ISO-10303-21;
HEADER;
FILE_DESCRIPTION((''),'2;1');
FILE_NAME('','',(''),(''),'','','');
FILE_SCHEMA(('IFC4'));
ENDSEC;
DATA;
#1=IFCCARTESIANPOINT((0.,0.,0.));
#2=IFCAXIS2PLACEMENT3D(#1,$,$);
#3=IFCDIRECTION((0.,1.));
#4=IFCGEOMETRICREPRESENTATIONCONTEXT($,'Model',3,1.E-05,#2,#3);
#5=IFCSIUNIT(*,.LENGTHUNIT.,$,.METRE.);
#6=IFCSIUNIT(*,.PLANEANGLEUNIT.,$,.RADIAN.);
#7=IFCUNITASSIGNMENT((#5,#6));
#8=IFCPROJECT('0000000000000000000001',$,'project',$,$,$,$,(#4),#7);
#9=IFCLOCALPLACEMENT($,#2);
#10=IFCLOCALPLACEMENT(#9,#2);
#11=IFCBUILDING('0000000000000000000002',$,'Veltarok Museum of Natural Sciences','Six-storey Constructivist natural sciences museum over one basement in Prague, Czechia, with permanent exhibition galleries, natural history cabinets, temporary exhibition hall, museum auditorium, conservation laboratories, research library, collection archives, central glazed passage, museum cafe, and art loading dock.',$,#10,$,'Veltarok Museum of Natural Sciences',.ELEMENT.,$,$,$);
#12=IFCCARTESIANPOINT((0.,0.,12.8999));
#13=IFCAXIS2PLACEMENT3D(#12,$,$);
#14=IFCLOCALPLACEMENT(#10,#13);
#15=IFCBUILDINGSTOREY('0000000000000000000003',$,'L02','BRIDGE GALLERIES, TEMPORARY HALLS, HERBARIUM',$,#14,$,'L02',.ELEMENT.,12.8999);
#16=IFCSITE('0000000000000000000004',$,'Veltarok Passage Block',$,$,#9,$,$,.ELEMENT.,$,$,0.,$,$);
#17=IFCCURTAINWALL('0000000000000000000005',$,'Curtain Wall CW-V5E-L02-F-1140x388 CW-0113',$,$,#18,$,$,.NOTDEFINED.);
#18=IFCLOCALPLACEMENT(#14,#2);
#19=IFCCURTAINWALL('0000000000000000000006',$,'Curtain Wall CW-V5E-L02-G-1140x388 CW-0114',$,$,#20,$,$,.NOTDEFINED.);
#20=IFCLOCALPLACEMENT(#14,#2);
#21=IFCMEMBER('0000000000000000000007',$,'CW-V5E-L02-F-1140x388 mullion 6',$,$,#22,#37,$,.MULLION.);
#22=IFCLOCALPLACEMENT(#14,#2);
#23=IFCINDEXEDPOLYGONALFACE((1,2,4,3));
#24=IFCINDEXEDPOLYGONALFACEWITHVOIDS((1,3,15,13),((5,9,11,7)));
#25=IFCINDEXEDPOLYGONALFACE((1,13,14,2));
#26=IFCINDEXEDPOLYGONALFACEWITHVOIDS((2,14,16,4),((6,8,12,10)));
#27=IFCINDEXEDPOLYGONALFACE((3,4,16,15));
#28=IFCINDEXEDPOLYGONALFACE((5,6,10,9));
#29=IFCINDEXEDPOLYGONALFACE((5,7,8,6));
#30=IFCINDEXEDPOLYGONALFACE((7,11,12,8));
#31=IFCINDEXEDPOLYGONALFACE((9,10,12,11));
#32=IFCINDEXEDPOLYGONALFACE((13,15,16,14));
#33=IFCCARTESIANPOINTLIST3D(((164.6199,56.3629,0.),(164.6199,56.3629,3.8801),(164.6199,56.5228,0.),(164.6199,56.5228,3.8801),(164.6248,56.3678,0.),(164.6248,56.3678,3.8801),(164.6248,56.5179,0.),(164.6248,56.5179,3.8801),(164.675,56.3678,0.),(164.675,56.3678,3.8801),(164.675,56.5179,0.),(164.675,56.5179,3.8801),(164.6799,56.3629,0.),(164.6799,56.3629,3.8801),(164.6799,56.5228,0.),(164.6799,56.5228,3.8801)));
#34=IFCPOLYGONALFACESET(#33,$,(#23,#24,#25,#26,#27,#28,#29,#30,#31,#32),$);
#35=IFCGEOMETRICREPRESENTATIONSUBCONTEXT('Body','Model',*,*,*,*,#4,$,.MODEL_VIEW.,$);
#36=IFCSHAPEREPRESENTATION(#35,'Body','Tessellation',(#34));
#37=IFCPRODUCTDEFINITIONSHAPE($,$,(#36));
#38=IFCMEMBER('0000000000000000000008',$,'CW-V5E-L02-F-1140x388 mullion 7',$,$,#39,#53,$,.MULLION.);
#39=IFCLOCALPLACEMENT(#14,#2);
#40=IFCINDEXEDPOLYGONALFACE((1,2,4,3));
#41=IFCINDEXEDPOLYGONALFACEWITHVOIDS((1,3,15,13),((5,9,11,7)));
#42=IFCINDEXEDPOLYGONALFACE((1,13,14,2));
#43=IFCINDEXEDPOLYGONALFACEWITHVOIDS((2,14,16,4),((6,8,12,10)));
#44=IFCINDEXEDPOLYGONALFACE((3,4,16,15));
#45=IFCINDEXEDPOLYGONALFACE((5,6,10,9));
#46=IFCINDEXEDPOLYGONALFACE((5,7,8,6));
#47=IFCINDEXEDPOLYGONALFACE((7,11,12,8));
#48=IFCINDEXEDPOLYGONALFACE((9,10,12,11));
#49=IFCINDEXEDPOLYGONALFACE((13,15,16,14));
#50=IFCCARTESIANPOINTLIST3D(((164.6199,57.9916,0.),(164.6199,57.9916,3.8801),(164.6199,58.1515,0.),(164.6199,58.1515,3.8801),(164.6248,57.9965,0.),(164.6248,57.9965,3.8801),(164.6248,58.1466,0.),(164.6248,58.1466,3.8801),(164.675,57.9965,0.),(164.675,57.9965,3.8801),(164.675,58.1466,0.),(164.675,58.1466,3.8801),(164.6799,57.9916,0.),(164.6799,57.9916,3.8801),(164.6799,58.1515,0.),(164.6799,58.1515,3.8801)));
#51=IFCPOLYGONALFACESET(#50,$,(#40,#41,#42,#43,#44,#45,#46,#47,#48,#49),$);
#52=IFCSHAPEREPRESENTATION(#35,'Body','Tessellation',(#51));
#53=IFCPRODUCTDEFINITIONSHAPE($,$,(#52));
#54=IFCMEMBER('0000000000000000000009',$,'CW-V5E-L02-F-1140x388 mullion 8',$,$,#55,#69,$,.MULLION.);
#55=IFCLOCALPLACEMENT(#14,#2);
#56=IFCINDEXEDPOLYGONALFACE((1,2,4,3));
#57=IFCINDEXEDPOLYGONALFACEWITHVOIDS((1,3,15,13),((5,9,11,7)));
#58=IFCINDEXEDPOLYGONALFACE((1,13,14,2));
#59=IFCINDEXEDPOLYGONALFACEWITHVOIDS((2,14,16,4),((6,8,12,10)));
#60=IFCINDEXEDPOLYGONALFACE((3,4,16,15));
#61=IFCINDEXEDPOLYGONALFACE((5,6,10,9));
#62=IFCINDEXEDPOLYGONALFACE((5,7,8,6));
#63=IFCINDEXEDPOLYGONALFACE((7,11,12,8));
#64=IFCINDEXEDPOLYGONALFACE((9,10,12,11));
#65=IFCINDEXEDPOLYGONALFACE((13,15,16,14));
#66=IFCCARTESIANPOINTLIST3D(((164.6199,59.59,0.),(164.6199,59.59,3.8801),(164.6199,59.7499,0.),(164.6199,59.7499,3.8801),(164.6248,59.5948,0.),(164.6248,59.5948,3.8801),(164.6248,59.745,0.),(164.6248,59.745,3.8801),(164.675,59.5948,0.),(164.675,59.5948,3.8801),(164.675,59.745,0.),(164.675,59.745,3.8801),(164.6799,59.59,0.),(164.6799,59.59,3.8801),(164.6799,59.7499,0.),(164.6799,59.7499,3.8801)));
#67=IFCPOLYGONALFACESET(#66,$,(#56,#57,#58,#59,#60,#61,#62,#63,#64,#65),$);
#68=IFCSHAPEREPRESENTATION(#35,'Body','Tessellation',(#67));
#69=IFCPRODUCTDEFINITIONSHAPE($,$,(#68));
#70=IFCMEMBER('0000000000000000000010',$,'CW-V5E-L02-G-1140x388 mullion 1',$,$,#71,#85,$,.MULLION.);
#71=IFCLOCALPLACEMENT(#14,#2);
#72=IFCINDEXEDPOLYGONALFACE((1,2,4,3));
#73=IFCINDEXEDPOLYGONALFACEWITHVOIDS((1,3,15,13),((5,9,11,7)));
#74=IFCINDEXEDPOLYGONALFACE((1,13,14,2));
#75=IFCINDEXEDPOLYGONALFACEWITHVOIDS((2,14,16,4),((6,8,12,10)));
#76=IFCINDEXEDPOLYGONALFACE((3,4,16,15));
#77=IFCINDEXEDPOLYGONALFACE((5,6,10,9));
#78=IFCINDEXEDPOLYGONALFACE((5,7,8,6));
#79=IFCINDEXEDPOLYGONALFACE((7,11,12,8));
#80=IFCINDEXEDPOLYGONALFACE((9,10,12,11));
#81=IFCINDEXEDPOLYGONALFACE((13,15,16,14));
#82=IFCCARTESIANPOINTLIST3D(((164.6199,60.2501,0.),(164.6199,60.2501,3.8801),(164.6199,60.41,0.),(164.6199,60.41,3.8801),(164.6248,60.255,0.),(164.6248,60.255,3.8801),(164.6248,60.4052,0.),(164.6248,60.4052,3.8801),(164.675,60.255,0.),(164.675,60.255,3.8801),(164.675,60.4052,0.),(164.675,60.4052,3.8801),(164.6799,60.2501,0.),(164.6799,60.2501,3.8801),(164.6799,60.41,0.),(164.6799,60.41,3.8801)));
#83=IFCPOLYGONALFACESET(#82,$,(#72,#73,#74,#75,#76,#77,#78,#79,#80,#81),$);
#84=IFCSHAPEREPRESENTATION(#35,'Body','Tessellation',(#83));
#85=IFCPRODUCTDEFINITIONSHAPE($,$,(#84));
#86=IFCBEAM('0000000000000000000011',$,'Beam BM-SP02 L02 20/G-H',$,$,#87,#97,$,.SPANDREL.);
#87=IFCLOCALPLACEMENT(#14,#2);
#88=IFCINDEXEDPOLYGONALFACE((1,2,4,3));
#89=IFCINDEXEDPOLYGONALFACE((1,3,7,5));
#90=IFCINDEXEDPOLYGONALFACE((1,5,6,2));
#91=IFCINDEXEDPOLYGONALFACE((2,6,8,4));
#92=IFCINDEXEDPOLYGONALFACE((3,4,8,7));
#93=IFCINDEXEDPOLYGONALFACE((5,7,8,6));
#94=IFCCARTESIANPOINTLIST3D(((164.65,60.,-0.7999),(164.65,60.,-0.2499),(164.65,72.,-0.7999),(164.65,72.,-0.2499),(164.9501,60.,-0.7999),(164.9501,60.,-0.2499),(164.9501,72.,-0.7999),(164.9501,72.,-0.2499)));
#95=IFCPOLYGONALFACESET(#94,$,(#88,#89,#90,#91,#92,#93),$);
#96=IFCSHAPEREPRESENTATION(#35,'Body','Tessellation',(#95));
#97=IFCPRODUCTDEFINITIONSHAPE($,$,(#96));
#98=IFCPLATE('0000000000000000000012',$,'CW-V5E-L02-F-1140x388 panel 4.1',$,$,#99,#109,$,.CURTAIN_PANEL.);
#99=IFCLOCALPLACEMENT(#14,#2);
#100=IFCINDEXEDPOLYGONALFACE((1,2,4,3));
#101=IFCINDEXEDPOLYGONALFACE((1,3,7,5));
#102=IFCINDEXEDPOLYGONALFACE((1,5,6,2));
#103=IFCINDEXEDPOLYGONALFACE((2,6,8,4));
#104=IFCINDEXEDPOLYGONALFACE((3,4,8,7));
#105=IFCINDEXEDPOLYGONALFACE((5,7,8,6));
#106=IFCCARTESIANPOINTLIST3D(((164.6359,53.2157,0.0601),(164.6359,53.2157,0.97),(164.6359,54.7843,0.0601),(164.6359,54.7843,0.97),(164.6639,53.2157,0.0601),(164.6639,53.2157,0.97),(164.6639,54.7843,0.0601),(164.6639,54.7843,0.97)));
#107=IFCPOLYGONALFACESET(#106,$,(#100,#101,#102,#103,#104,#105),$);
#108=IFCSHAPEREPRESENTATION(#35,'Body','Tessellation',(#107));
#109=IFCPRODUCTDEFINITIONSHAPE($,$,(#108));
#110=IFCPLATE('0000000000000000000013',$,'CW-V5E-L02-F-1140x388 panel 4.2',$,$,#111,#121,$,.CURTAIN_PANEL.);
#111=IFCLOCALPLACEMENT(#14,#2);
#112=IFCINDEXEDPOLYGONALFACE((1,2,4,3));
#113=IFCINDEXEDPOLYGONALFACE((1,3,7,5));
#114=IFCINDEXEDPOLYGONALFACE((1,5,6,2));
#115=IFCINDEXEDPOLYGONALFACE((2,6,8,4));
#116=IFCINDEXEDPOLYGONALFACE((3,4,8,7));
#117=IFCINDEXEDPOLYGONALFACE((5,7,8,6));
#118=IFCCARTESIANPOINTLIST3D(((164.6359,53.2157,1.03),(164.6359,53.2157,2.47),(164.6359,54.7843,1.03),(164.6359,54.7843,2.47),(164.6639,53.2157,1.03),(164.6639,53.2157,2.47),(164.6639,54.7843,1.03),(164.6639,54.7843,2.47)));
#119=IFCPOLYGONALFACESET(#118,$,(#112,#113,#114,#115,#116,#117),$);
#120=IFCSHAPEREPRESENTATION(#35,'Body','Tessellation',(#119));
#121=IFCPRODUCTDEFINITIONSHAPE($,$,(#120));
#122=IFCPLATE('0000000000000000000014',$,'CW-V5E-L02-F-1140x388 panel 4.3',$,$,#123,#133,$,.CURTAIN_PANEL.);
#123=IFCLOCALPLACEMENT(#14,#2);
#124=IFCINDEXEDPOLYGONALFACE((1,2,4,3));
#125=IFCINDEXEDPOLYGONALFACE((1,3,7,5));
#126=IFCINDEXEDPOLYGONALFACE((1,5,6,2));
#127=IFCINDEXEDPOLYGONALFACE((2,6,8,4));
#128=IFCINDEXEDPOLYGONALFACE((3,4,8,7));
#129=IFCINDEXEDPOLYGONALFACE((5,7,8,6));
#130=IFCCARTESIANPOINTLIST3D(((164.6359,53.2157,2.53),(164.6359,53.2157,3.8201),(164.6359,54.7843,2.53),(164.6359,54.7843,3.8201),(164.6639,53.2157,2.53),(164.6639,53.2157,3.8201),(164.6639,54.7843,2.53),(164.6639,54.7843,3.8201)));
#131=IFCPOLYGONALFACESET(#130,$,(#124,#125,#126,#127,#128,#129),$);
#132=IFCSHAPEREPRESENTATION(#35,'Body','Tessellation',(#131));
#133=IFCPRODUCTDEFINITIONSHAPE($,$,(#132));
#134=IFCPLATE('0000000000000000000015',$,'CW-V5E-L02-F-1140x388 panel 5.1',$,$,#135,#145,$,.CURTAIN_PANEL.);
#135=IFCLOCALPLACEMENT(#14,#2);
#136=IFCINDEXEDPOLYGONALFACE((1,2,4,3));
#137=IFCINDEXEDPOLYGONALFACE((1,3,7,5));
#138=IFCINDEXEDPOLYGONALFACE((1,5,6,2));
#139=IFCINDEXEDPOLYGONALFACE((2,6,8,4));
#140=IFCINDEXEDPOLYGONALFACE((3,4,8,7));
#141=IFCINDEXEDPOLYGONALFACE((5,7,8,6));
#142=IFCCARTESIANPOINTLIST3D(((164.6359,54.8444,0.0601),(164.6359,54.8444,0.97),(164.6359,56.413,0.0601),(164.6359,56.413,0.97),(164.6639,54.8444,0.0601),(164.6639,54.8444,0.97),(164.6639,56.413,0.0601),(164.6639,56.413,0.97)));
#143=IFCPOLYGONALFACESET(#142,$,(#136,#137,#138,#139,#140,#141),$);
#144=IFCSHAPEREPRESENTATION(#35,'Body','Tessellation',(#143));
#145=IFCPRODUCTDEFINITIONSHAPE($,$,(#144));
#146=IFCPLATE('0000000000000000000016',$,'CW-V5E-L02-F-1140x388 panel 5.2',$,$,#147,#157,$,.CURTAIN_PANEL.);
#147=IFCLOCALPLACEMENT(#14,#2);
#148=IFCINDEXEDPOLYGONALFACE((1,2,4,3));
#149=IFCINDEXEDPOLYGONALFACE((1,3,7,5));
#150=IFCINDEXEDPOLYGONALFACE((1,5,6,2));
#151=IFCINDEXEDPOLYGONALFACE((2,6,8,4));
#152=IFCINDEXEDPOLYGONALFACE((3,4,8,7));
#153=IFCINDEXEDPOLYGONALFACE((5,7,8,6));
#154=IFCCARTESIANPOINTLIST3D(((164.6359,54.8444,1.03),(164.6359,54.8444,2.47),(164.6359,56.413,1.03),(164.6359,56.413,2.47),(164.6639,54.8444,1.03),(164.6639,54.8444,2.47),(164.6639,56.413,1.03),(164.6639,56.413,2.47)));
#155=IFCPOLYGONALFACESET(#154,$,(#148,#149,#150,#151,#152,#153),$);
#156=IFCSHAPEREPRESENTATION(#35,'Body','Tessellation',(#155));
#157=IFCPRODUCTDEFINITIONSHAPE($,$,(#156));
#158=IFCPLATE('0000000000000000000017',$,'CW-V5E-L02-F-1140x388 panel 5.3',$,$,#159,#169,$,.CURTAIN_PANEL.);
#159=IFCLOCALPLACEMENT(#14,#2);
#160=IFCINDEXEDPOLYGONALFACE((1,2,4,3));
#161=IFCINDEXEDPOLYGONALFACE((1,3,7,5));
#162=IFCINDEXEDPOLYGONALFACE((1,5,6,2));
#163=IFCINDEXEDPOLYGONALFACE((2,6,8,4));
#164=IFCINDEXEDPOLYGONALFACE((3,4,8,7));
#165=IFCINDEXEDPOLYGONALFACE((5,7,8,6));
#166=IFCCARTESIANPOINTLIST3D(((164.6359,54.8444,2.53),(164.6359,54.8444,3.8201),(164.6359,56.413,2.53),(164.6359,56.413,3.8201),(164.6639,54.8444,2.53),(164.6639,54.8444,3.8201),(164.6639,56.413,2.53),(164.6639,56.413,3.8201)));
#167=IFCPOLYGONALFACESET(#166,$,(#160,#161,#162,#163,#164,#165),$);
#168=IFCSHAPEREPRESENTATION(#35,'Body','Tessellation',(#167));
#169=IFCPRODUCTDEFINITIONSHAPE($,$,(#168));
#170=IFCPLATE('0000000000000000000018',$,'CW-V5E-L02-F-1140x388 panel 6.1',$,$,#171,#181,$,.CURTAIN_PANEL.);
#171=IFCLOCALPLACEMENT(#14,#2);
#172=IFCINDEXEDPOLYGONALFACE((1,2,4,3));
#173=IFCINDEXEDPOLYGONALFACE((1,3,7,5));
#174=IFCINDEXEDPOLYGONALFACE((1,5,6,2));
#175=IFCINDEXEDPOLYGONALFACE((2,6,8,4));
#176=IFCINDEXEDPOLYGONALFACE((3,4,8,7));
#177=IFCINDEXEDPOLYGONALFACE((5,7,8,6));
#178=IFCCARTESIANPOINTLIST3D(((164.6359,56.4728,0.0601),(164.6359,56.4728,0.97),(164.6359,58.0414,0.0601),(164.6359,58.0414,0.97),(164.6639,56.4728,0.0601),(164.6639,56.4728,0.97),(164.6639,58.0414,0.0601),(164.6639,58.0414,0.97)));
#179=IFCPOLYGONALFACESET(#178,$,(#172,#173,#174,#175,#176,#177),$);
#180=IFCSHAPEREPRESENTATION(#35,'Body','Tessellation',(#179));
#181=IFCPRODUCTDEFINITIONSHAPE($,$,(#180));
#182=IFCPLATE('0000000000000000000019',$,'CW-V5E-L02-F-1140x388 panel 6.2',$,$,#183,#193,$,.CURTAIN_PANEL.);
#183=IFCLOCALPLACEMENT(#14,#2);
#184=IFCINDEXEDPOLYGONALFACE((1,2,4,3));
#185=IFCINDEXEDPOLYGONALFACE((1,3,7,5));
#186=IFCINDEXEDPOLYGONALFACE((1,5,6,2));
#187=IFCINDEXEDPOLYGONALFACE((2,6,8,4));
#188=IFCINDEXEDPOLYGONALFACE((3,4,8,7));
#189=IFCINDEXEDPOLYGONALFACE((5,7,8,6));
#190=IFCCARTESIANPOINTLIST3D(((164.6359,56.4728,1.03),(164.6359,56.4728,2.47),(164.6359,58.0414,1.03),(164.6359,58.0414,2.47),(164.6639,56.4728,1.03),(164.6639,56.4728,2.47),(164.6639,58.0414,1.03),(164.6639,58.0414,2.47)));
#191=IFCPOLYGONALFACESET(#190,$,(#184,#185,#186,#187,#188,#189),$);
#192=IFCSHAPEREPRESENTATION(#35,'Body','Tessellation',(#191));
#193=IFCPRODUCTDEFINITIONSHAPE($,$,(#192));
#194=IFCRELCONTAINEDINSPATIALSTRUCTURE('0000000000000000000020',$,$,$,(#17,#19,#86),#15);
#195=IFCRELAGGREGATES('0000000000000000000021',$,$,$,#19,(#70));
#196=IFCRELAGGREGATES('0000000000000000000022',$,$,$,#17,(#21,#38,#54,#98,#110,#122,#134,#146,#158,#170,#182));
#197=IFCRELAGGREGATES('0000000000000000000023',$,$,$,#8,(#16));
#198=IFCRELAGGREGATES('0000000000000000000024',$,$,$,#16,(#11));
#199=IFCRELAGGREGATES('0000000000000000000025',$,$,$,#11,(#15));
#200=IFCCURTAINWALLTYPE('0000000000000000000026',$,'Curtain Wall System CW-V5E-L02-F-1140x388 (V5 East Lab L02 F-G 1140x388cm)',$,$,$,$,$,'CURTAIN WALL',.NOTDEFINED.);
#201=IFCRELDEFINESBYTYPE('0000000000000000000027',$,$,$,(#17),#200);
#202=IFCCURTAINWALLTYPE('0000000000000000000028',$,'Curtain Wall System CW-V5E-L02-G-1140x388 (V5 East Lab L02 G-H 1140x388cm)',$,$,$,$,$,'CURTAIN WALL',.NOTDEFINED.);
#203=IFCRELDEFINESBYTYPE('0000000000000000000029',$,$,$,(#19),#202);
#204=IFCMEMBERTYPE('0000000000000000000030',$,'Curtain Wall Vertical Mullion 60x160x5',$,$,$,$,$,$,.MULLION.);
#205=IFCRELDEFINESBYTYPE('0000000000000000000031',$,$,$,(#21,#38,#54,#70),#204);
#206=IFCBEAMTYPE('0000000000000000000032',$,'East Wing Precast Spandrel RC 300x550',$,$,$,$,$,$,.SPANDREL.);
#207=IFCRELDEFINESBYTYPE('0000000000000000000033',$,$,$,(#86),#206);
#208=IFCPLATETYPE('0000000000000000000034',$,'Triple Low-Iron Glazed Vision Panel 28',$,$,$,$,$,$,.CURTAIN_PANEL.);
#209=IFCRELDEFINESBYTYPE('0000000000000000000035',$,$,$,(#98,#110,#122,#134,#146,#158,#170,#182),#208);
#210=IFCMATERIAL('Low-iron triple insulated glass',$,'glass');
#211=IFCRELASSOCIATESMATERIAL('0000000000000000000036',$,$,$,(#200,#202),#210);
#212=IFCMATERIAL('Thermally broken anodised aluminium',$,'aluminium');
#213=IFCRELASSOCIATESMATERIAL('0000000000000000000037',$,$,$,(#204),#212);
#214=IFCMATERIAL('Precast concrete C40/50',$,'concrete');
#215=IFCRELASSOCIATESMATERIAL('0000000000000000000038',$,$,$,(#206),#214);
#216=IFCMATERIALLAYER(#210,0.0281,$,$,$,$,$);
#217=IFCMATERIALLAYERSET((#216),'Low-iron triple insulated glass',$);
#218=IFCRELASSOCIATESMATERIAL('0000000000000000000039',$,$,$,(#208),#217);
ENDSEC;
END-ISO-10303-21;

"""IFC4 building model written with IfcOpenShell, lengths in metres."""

from ifc_helpers import new_model, si_unit, direction, frame, origin, origin_2d, place, context, subcontext, project, spatial, rectangle, hollow_rectangle, extrude, material, layer, layer_set, material_profile, profile_set, type_object, element, aggregate, save


model = new_model("IFC4")

# Units and contexts
model_context = context("Model", 3, precision=1e-05, world=origin(), true_north=direction((0.0, 1.0)))
body_context = subcontext(model_context, "Body", "Model", "MODEL_VIEW")
ifc_project = project(units=[si_unit("LENGTHUNIT", "METRE"), si_unit("PLANEANGLEUNIT", "RADIAN")], contexts=[model_context])

# Site, building, storey
site_placement = place(None, origin())
site = spatial("IfcSite", under=ifc_project, at=site_placement, Name="Veltarok Passage Block", CompositionType="ELEMENT", RefElevation=0.0)
building_placement = place(site_placement, origin())
building = spatial("IfcBuilding", under=site, at=building_placement, Name="Veltarok Museum of Natural Sciences", Description="Six-storey Constructivist natural sciences museum over one basement in Prague, Czechia, with permanent exhibition galleries, natural history cabinets, temporary exhibition hall, museum auditorium, conservation laboratories, research library, collection archives, central glazed passage, museum cafe, and art loading dock.", LongName="Veltarok Museum of Natural Sciences", CompositionType="ELEMENT")
storey_placement = place(building_placement, frame((0.0, 0.0, 12.8999)))
storey = spatial("IfcBuildingStorey", under=building, at=storey_placement, Name="L02", Description="BRIDGE GALLERIES, TEMPORARY HALLS, HERBARIUM", LongName="L02", CompositionType="ELEMENT", Elevation=12.8999)

# Curtain wall
ifc_material_1 = material(Name="Low-iron triple insulated glass", Category="glass")
curtain_wall_type_1 = type_object("IfcCurtainWallType", Name="Curtain Wall System CW-V5E-L02-F-1140x388 (V5 East Lab L02 F-G 1140x388cm)", ElementType="CURTAIN WALL", PredefinedType="NOTDEFINED", material=ifc_material_1)
curtain_wall_1_placement = place(storey_placement, origin())
curtain_wall_1 = element("IfcCurtainWall", 1, at=curtain_wall_1_placement, inside=storey, type_object=curtain_wall_type_1, Name="Curtain Wall CW-V5E-L02-F-1140x388 CW-0113", PredefinedType="NOTDEFINED")
ifc_material_2 = material(Name="Thermally broken anodised aluminium", Category="aluminium")

# Curtain wall
curtain_wall_type_2 = type_object("IfcCurtainWallType", Name="Curtain Wall System CW-V5E-L02-G-1140x388 (V5 East Lab L02 G-H 1140x388cm)", ElementType="CURTAIN WALL", PredefinedType="NOTDEFINED", material=ifc_material_1)
curtain_wall_2_placement = place(storey_placement, origin())
curtain_wall_2 = element("IfcCurtainWall", 2, at=curtain_wall_2_placement, inside=storey, type_object=curtain_wall_type_2, Name="Curtain Wall CW-V5E-L02-G-1140x388 CW-0114", PredefinedType="NOTDEFINED")

# Members
ifc_material_profile_1 = material_profile(ifc_material_2, hollow_rectangle(XDim=0.0601, YDim=0.1599, WallThickness=0.0049, at=origin_2d()), Name="CW MULLION 60x160x5")
ifc_profile_set_1 = profile_set([ifc_material_profile_1], Name="Thermally broken anodised aluminium")
member_type_1 = type_object("IfcMemberType", Name="Curtain Wall Vertical Mullion 60x160x5", PredefinedType="MULLION", material=ifc_profile_set_1)
member_1_placement = place(storey_placement, frame((164.6499, 56.4429, 0.0), z_axis=(0.0, 0.0, 1.0), x_axis=(-1.0, 0.0, 0.0)))
member_1 = element("IfcMember", 3, at=member_1_placement, type_object=member_type_1, Name="CW-V5E-L02-F-1140x388 mullion 6", PredefinedType="MULLION", context=body_context, shape_type="SweptSolid", body=[
    extrude(hollow_rectangle(XDim=0.0601, YDim=0.1599, WallThickness=0.0049, at=origin_2d()), origin(), (0.0, 0.0, 1.0), 3.8801),
])
member_2_placement = place(storey_placement, frame((164.6499, 58.0715, 0.0), z_axis=(0.0, 0.0, 1.0), x_axis=(-1.0, 0.0, 0.0)))
member_2 = element("IfcMember", 4, at=member_2_placement, type_object=member_type_1, Name="CW-V5E-L02-F-1140x388 mullion 7", PredefinedType="MULLION", context=body_context, shape_type="SweptSolid", body=[
    extrude(hollow_rectangle(XDim=0.0601, YDim=0.1599, WallThickness=0.0049, at=origin_2d()), origin(), (0.0, 0.0, 1.0), 3.8801),
])
member_3_placement = place(storey_placement, frame((164.6499, 59.6699, 0.0), z_axis=(0.0, 0.0, 1.0), x_axis=(-1.0, 0.0, 0.0)))
member_3 = element("IfcMember", 5, at=member_3_placement, type_object=member_type_1, Name="CW-V5E-L02-F-1140x388 mullion 8", PredefinedType="MULLION", context=body_context, shape_type="SweptSolid", body=[
    extrude(hollow_rectangle(XDim=0.0601, YDim=0.1599, WallThickness=0.0049, at=origin_2d()), origin(), (0.0, 0.0, 1.0), 3.8801),
])
member_4_placement = place(storey_placement, frame((164.6499, 60.3301, 0.0), z_axis=(0.0, 0.0, 1.0), x_axis=(-1.0, 0.0, 0.0)))
member_4 = element("IfcMember", 6, at=member_4_placement, type_object=member_type_1, Name="CW-V5E-L02-G-1140x388 mullion 1", PredefinedType="MULLION", context=body_context, shape_type="SweptSolid", body=[
    extrude(hollow_rectangle(XDim=0.0601, YDim=0.1599, WallThickness=0.0049, at=origin_2d()), origin(), (0.0, 0.0, 1.0), 3.8801),
])
aggregate(curtain_wall_2, [member_4])

# Beam
ifc_material_3 = material(Name="Precast concrete C40/50", Category="concrete")
ifc_material_profile_2 = material_profile(ifc_material_3, rectangle(XDim=0.3, YDim=0.55, at=origin_2d()), Name="RC 300x550")
ifc_profile_set_2 = profile_set([ifc_material_profile_2], Name="Precast concrete C40/50")
beam_type = type_object("IfcBeamType", Name="East Wing Precast Spandrel RC 300x550", PredefinedType="SPANDREL", material=ifc_profile_set_2)
beam_placement = place(storey_placement, frame((164.8, 60.0, -0.5249), z_axis=(0.0, 1.0, 0.0), x_axis=(-1.0, 0.0, 0.0)))
element("IfcBeam", 7, at=beam_placement, inside=storey, type_object=beam_type, Name="Beam BM-SP02 L02 20/G-H", PredefinedType="SPANDREL", context=body_context, shape_type="SweptSolid", body=[
    extrude(rectangle(XDim=0.3, YDim=0.55, at=origin_2d()), origin(), (0.0, 0.0, 1.0), 12.0),
])

# Plates
ifc_layer = layer(ifc_material_1, 0.0281)
ifc_layer_set = layer_set([ifc_layer], Name="Low-iron triple insulated glass")
plate_type = type_object("IfcPlateType", Name="Triple Low-Iron Glazed Vision Panel 28", PredefinedType="CURTAIN_PANEL", material=ifc_layer_set)
plate_1_placement = place(storey_placement, frame((164.6499, 54.0, 0.0601), z_axis=(0.0, 0.0, 1.0), x_axis=(0.0, 1.0, 0.0)))
plate_1 = element("IfcPlate", 8, at=plate_1_placement, type_object=plate_type, Name="CW-V5E-L02-F-1140x388 panel 4.1", PredefinedType="CURTAIN_PANEL", context=body_context, shape_type="SweptSolid", body=[
    extrude(rectangle(XDim=1.5686, YDim=0.0281, at=origin_2d()), origin(), (0.0, 0.0, 1.0), 0.9099),
])
plate_2_placement = place(storey_placement, frame((164.6499, 54.0, 1.03), z_axis=(0.0, 0.0, 1.0), x_axis=(0.0, 1.0, 0.0)))
plate_2 = element("IfcPlate", 9, at=plate_2_placement, type_object=plate_type, Name="CW-V5E-L02-F-1140x388 panel 4.2", PredefinedType="CURTAIN_PANEL", context=body_context, shape_type="SweptSolid", body=[
    extrude(rectangle(XDim=1.5686, YDim=0.0281, at=origin_2d()), origin(), (0.0, 0.0, 1.0), 1.4399),
])
plate_3_placement = place(storey_placement, frame((164.6499, 54.0, 2.53), z_axis=(0.0, 0.0, 1.0), x_axis=(0.0, 1.0, 0.0)))
plate_3 = element("IfcPlate", 10, at=plate_3_placement, type_object=plate_type, Name="CW-V5E-L02-F-1140x388 panel 4.3", PredefinedType="CURTAIN_PANEL", context=body_context, shape_type="SweptSolid", body=[
    extrude(rectangle(XDim=1.5686, YDim=0.0281, at=origin_2d()), origin(), (0.0, 0.0, 1.0), 1.29),
])
plate_4_placement = place(storey_placement, frame((164.6499, 55.6287, 0.0601), z_axis=(0.0, 0.0, 1.0), x_axis=(0.0, 1.0, 0.0)))
plate_4 = element("IfcPlate", 11, at=plate_4_placement, type_object=plate_type, Name="CW-V5E-L02-F-1140x388 panel 5.1", PredefinedType="CURTAIN_PANEL", context=body_context, shape_type="SweptSolid", body=[
    extrude(rectangle(XDim=1.5686, YDim=0.0281, at=origin_2d()), origin(), (0.0, 0.0, 1.0), 0.9099),
])
plate_5_placement = place(storey_placement, frame((164.6499, 55.6287, 1.03), z_axis=(0.0, 0.0, 1.0), x_axis=(0.0, 1.0, 0.0)))
plate_5 = element("IfcPlate", 12, at=plate_5_placement, type_object=plate_type, Name="CW-V5E-L02-F-1140x388 panel 5.2", PredefinedType="CURTAIN_PANEL", context=body_context, shape_type="SweptSolid", body=[
    extrude(rectangle(XDim=1.5686, YDim=0.0281, at=origin_2d()), origin(), (0.0, 0.0, 1.0), 1.4399),
])
plate_6_placement = place(storey_placement, frame((164.6499, 55.6287, 2.53), z_axis=(0.0, 0.0, 1.0), x_axis=(0.0, 1.0, 0.0)))
plate_6 = element("IfcPlate", 13, at=plate_6_placement, type_object=plate_type, Name="CW-V5E-L02-F-1140x388 panel 5.3", PredefinedType="CURTAIN_PANEL", context=body_context, shape_type="SweptSolid", body=[
    extrude(rectangle(XDim=1.5686, YDim=0.0281, at=origin_2d()), origin(), (0.0, 0.0, 1.0), 1.29),
])
plate_7_placement = place(storey_placement, frame((164.6499, 57.2571, 0.0601), z_axis=(0.0, 0.0, 1.0), x_axis=(0.0, 1.0, 0.0)))
plate_7 = element("IfcPlate", 14, at=plate_7_placement, type_object=plate_type, Name="CW-V5E-L02-F-1140x388 panel 6.1", PredefinedType="CURTAIN_PANEL", context=body_context, shape_type="SweptSolid", body=[
    extrude(rectangle(XDim=1.5686, YDim=0.0281, at=origin_2d()), origin(), (0.0, 0.0, 1.0), 0.9099),
])
plate_8_placement = place(storey_placement, frame((164.6499, 57.2571, 1.03), z_axis=(0.0, 0.0, 1.0), x_axis=(0.0, 1.0, 0.0)))
plate_8 = element("IfcPlate", 15, at=plate_8_placement, type_object=plate_type, Name="CW-V5E-L02-F-1140x388 panel 6.2", PredefinedType="CURTAIN_PANEL", context=body_context, shape_type="SweptSolid", body=[
    extrude(rectangle(XDim=1.5686, YDim=0.0281, at=origin_2d()), origin(), (0.0, 0.0, 1.0), 1.4399),
])
aggregate(curtain_wall_1, [member_1, member_2, member_3, plate_1, plate_2, plate_3, plate_4, plate_5, plate_6, plate_7, plate_8])

save(model, "model.ifc")
